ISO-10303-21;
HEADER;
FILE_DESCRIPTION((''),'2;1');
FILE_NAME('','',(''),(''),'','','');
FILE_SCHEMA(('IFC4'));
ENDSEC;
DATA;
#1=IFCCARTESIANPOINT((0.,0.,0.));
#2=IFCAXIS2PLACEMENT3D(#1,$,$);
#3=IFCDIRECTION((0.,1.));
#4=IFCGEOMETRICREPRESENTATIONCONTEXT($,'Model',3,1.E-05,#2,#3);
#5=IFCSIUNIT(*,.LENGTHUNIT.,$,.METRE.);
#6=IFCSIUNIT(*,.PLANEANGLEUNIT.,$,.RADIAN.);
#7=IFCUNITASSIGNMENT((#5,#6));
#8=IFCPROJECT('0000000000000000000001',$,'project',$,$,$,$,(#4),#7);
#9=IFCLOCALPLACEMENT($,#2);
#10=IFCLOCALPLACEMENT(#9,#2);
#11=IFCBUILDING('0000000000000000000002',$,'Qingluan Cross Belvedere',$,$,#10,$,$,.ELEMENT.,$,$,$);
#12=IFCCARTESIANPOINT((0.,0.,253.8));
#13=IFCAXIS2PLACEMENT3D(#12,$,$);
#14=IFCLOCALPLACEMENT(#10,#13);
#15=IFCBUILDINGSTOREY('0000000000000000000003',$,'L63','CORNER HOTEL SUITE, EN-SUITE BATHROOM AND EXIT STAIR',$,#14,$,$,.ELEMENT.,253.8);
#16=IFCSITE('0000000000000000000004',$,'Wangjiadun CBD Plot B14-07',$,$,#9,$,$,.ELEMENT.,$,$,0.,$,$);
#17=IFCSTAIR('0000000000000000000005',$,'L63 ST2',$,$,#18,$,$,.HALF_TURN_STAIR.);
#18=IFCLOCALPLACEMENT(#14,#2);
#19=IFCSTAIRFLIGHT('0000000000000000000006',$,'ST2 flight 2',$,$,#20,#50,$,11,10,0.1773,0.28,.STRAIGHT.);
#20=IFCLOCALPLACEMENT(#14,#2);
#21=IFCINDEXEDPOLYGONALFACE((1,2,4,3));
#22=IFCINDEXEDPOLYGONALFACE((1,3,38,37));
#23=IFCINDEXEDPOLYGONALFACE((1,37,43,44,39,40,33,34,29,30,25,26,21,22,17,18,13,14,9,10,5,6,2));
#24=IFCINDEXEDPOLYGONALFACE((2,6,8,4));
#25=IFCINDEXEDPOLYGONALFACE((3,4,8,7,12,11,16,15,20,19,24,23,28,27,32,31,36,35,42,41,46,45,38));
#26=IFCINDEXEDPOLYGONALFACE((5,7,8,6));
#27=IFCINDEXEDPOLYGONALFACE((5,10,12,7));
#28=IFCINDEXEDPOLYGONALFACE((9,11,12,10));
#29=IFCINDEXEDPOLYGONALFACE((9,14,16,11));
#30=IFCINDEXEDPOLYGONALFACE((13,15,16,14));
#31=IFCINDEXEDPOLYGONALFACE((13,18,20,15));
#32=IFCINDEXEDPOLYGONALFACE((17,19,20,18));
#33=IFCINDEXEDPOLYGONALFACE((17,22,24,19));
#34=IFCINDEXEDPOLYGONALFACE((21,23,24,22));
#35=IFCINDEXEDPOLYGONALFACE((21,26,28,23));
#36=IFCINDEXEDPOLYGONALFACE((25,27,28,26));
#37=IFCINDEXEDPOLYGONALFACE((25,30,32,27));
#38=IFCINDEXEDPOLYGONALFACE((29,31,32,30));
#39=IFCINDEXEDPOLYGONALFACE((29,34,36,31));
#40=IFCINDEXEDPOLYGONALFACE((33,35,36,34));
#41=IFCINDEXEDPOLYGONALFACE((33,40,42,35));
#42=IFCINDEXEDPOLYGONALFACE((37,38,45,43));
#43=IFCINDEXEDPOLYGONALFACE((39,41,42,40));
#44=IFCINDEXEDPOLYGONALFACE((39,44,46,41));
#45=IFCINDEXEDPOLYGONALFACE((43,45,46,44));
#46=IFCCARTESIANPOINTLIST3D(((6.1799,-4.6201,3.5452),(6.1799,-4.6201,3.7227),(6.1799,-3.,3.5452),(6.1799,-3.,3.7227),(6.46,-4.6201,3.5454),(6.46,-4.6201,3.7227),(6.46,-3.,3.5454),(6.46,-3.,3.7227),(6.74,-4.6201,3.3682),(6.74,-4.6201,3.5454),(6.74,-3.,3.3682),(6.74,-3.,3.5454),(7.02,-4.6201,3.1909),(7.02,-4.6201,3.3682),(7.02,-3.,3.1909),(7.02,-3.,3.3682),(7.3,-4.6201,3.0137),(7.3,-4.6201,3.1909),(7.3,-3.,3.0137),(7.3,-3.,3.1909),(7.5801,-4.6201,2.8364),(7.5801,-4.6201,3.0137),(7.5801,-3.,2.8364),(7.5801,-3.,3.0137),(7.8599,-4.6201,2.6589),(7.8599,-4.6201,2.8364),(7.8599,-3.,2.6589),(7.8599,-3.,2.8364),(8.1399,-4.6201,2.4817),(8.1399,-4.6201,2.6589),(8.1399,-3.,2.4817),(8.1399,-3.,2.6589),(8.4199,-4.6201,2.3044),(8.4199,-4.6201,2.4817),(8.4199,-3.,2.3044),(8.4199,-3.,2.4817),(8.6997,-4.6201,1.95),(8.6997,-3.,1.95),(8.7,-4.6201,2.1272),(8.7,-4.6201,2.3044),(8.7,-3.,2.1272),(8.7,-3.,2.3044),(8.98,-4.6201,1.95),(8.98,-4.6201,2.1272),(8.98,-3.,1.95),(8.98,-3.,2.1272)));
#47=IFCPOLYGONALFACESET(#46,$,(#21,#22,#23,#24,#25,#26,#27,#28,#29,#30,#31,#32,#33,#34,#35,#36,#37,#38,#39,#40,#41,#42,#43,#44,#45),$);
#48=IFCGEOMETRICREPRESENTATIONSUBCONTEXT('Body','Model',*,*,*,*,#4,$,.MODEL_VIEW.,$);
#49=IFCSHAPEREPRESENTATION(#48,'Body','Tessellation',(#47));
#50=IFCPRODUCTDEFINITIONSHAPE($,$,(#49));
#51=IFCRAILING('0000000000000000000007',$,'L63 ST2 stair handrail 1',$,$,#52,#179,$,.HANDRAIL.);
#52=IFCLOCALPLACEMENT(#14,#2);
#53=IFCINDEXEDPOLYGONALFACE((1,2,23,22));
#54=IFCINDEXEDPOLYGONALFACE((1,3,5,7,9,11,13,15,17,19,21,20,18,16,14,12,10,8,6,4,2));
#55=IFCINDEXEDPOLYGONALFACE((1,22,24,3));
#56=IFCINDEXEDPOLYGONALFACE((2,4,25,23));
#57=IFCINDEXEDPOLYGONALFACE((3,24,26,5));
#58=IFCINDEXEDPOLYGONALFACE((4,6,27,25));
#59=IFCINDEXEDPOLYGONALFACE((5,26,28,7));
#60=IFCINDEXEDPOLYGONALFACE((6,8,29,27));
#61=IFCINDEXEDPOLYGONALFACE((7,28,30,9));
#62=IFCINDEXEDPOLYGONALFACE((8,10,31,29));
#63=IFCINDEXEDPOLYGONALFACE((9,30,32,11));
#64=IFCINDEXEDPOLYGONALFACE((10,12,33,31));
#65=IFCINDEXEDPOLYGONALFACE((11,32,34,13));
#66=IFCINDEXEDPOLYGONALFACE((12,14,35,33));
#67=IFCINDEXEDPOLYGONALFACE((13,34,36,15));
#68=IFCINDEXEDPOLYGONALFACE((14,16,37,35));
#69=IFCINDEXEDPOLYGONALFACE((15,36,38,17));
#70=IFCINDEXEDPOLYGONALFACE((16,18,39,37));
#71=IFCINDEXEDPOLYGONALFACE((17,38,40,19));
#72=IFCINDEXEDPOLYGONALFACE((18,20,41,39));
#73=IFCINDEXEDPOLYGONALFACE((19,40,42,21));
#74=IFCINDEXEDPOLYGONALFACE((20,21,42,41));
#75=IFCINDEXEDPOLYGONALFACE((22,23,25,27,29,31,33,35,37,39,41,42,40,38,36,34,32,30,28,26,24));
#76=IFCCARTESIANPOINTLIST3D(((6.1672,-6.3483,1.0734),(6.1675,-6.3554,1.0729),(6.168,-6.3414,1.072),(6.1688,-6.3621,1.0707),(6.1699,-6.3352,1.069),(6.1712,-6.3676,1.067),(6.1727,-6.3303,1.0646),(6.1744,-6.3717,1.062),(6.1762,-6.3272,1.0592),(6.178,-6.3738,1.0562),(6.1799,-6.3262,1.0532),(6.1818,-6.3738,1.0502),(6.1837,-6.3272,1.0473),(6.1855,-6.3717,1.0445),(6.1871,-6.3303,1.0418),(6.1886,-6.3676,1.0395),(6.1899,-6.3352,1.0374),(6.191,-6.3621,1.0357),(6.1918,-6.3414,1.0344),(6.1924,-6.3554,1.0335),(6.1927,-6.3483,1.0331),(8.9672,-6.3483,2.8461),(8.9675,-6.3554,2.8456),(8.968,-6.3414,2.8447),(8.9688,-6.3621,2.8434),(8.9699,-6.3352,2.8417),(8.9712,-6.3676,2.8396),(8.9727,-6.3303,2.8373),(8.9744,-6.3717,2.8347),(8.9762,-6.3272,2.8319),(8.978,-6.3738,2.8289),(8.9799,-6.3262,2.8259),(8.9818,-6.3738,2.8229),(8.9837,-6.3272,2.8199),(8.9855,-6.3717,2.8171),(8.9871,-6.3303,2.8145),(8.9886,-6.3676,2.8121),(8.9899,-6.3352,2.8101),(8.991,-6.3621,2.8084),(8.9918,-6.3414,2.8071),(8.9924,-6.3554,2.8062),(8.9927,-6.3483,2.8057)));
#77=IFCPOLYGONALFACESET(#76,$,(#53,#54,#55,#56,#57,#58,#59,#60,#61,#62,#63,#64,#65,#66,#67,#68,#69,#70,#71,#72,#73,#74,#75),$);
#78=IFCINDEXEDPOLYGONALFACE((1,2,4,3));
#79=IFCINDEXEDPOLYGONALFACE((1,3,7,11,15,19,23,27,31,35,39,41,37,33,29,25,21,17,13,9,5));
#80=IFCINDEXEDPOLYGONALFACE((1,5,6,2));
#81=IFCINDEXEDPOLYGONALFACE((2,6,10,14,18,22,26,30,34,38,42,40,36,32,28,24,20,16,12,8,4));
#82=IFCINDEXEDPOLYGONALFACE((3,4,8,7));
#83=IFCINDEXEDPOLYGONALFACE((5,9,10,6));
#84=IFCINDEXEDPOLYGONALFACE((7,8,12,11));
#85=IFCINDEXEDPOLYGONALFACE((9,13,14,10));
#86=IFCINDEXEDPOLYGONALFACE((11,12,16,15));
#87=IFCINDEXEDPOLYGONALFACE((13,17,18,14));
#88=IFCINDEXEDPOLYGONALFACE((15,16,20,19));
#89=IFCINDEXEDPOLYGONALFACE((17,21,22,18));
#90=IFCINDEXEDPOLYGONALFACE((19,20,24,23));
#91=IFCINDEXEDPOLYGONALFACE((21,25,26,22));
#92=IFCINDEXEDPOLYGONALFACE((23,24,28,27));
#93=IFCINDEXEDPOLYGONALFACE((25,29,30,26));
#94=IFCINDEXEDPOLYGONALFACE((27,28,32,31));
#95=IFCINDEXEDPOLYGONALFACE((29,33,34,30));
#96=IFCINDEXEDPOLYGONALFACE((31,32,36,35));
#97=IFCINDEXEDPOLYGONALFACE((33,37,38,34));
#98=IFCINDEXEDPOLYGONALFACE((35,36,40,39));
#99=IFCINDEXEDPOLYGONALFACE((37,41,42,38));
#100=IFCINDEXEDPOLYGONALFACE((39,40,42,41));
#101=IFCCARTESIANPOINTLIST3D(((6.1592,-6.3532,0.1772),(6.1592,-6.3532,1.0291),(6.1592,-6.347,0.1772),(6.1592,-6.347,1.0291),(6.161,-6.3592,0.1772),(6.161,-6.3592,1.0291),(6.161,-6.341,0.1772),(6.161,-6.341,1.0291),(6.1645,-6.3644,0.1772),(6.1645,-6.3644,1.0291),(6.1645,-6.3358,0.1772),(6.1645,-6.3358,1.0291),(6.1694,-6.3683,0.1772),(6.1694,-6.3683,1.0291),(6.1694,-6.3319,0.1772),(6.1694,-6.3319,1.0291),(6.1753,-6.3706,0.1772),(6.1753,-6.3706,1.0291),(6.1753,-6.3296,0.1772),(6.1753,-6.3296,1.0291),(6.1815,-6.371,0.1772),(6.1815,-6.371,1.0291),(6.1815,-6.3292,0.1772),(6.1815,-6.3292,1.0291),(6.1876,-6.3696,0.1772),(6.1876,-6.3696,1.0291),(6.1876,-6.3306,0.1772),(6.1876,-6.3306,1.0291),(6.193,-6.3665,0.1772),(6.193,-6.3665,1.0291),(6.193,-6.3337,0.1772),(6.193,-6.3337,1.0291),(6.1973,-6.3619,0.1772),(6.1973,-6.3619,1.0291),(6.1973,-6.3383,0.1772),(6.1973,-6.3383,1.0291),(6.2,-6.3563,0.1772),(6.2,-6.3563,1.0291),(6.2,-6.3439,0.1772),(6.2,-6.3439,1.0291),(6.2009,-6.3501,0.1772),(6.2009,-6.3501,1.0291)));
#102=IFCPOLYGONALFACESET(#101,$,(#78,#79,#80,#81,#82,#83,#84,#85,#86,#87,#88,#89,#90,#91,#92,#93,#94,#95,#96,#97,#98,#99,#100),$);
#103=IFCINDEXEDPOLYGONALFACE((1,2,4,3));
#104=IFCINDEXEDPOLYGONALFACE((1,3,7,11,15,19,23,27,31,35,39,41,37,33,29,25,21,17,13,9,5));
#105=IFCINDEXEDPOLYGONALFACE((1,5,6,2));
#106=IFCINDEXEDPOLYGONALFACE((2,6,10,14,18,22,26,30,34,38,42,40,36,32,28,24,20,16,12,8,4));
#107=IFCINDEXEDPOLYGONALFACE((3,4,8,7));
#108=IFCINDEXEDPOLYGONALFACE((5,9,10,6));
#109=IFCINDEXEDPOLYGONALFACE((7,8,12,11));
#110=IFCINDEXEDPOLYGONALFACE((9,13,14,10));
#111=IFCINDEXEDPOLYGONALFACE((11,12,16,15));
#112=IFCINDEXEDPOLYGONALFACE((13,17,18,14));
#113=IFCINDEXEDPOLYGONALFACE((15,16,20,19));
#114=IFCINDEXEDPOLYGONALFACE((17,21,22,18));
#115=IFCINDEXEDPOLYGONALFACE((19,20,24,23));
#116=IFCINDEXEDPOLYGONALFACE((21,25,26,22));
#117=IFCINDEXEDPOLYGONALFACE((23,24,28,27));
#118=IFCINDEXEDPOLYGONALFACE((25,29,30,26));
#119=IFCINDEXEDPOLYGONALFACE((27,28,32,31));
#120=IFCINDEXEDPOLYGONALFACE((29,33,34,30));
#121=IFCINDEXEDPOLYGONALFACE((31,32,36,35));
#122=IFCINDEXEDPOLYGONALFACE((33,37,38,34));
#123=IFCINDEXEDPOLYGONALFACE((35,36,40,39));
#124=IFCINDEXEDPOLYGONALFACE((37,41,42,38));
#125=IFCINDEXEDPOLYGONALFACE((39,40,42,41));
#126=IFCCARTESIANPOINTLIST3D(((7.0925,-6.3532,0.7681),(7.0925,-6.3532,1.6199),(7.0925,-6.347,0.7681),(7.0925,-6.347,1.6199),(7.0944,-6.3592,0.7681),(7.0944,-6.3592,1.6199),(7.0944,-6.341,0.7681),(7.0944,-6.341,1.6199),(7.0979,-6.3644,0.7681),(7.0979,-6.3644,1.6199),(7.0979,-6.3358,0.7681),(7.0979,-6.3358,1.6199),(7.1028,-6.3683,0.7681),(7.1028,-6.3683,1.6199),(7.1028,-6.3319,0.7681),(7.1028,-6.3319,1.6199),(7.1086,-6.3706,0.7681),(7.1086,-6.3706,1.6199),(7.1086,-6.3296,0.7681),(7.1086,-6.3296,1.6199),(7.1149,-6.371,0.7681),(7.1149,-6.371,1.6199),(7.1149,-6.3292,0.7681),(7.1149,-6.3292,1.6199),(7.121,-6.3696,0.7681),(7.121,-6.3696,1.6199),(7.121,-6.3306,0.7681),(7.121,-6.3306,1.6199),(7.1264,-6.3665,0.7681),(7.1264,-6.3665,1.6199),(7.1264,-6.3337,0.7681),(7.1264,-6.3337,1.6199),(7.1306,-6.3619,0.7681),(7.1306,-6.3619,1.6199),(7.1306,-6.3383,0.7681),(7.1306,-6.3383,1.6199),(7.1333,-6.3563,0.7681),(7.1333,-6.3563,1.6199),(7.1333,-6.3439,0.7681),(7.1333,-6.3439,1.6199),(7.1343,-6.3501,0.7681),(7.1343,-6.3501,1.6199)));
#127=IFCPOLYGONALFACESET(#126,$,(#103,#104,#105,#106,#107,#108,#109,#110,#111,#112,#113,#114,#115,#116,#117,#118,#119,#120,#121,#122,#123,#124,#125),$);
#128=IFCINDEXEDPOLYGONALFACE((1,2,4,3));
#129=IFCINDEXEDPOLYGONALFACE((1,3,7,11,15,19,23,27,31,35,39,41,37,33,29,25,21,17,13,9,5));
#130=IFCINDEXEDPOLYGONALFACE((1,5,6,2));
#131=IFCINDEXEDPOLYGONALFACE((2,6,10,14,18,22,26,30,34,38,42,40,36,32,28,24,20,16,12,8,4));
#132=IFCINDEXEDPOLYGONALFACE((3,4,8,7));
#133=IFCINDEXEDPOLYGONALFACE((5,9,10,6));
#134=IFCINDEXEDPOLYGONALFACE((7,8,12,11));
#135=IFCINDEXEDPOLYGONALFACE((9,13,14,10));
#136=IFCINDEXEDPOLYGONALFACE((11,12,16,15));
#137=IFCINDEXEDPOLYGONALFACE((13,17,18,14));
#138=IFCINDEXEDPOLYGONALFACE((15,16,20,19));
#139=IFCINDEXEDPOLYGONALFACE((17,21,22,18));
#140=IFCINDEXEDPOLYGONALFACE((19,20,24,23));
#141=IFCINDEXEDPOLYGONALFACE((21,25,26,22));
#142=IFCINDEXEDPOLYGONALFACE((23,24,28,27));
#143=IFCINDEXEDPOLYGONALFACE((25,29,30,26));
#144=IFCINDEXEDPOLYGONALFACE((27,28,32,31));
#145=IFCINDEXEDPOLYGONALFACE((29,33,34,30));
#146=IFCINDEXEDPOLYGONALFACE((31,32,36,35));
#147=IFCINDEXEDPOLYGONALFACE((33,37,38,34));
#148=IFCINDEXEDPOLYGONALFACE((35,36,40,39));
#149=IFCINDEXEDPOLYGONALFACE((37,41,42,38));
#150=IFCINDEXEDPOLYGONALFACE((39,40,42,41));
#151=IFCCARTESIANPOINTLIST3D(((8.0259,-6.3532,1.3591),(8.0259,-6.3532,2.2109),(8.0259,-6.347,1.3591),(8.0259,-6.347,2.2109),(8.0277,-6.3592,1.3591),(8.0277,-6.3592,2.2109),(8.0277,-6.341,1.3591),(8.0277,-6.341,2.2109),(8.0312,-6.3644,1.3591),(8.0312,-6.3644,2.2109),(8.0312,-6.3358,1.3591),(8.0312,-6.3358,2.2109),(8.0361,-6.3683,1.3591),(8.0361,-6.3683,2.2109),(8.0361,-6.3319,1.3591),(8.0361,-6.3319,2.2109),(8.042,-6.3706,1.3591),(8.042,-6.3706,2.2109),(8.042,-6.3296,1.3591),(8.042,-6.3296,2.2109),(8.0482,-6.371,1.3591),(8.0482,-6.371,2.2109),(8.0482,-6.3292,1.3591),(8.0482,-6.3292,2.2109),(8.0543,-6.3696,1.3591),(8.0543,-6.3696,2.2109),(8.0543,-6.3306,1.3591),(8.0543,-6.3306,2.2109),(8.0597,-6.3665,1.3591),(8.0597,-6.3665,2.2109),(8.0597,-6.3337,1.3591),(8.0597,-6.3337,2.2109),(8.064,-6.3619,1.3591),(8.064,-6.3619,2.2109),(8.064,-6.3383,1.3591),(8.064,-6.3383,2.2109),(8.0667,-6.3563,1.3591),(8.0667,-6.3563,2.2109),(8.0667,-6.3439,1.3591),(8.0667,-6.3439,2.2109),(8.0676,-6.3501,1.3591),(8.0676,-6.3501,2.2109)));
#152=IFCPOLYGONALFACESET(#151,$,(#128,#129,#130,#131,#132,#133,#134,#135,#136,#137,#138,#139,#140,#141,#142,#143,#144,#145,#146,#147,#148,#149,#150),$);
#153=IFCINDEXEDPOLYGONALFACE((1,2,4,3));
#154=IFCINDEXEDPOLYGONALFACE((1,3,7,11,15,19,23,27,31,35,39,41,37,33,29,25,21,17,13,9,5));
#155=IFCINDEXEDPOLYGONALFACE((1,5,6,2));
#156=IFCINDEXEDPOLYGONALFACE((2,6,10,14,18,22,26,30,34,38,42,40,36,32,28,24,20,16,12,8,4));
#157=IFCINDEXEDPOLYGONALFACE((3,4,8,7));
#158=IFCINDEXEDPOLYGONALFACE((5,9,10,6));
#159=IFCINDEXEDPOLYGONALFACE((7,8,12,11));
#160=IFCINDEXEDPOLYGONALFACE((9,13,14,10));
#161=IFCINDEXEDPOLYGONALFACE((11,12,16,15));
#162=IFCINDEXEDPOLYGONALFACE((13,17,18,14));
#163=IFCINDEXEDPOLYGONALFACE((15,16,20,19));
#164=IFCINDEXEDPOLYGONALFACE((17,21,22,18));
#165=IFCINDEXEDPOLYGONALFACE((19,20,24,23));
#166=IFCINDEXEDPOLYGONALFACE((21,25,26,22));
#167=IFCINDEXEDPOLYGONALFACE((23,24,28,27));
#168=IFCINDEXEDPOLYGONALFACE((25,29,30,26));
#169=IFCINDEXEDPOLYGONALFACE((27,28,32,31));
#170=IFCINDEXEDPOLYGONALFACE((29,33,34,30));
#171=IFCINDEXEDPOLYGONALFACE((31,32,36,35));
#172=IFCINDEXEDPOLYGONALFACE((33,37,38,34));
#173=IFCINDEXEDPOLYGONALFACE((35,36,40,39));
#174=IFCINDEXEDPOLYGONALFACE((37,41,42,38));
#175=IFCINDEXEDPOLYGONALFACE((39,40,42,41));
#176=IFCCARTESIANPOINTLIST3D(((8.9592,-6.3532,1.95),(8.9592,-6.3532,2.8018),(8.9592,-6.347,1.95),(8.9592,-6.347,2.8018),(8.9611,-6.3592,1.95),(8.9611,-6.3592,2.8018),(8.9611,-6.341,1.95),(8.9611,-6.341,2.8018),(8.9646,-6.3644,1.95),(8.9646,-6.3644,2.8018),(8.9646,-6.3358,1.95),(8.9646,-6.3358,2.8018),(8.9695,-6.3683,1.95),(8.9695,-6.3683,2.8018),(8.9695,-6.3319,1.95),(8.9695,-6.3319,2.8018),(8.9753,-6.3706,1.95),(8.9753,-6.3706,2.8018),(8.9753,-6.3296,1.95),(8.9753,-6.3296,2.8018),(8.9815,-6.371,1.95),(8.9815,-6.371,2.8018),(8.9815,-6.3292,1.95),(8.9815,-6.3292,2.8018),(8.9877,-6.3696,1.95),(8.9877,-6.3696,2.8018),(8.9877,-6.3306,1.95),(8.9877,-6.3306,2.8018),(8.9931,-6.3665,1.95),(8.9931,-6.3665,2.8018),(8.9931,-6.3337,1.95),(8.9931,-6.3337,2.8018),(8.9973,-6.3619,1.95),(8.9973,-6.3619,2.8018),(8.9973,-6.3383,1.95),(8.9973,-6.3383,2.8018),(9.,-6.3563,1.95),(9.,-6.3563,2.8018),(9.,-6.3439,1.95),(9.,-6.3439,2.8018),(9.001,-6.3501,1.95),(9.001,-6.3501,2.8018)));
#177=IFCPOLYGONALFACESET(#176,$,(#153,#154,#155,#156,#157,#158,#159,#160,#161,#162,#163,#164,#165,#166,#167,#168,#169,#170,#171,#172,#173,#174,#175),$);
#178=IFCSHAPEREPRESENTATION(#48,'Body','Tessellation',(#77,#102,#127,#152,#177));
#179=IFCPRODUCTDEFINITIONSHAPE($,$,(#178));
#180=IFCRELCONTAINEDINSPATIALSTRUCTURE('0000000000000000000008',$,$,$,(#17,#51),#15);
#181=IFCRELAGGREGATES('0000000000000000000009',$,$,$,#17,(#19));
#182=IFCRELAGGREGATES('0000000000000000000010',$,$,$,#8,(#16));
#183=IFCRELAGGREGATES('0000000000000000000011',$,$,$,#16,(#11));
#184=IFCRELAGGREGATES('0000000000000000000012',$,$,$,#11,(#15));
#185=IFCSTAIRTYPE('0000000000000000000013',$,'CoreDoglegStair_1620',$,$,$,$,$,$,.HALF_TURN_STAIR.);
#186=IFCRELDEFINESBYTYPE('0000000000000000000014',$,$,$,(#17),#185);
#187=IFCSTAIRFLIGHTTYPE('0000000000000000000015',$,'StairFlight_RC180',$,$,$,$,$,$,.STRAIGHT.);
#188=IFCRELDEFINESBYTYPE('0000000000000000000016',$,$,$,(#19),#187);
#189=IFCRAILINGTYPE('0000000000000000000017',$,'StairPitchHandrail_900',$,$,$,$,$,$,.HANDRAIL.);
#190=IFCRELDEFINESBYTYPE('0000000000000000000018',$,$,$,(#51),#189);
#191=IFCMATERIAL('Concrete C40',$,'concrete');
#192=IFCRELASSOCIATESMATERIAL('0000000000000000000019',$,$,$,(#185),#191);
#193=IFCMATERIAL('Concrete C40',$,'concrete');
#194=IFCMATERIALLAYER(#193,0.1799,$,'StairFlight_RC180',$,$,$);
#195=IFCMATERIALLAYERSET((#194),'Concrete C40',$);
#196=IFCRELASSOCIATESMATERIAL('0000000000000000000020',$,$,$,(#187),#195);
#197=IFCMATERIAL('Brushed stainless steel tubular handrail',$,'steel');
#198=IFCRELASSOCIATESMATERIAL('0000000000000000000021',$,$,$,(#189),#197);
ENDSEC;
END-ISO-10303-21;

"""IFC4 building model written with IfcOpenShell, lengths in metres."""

from ifc_helpers import new_model, si_unit, direction, frame, origin, origin_2d, place, context, subcontext, project, spatial, polyline, circle, outline, extrude, material, layer, layer_set, type_object, element, aggregate, save


model = new_model("IFC4")

# Units and contexts
model_context = context("Model", 3, precision=1e-05, world=origin(), true_north=direction((0.0, 1.0)))
body_context = subcontext(model_context, "Body", "Model", "MODEL_VIEW")
ifc_project = project(units=[si_unit("LENGTHUNIT", "METRE"), si_unit("PLANEANGLEUNIT", "RADIAN")], contexts=[model_context])

# Site, building, storey
site_placement = place(None, origin())
site = spatial("IfcSite", under=ifc_project, at=site_placement, Name="Wangjiadun CBD Plot B14-07", CompositionType="ELEMENT", RefElevation=0.0)
building_placement = place(site_placement, origin())
building = spatial("IfcBuilding", under=site, at=building_placement, Name="Qingluan Cross Belvedere", CompositionType="ELEMENT")
storey_placement = place(building_placement, frame((0.0, 0.0, 253.8)))
storey = spatial("IfcBuildingStorey", under=building, at=storey_placement, Name="L63", Description="CORNER HOTEL SUITE, EN-SUITE BATHROOM AND EXIT STAIR", CompositionType="ELEMENT", Elevation=253.8)

# Stair, stair flight
ifc_material_1 = material(Name="Concrete C40", Category="concrete")
stair_type = type_object("IfcStairType", Name="CoreDoglegStair_1620", PredefinedType="HALF_TURN_STAIR", material=ifc_material_1)
stair_placement = place(storey_placement, origin())
stair = element("IfcStair", 1, at=stair_placement, inside=storey, type_object=stair_type, Name="L63 ST2", PredefinedType="HALF_TURN_STAIR")
ifc_material_2 = material(Name="Concrete C40", Category="concrete")
ifc_layer_1 = layer(ifc_material_2, 0.1799, Name="StairFlight_RC180")
ifc_layer_set_1 = layer_set([ifc_layer_1], Name="Concrete C40")
stair_flight_type = type_object("IfcStairFlightType", Name="StairFlight_RC180", PredefinedType="STRAIGHT", material=ifc_layer_set_1)
stair_flight_1_placement = place(storey_placement, frame((8.98, -3.8101, 1.95), z_axis=(0.0, 0.0, 1.0), x_axis=(-1.0, 0.0, 0.0)))
stair_flight_1 = element("IfcStairFlight", 2, at=stair_flight_1_placement, type_object=stair_flight_type, Name="ST2 flight 2", NumberOfRisers=11, NumberOfTreads=10, PredefinedType="STRAIGHT", RiserHeight=0.1773, TreadLength=0.28, context=body_context, shape_type="SweptSolid", body=[
    extrude(outline(polyline([(0.0, 0.0), (0.0, 0.1772), (0.28, 0.1772), (0.28, 0.3545), (0.5601, 0.3545), (0.5601, 0.5317), (0.8401, 0.5317), (0.8401, 0.709), (1.1201, 0.709), (1.1201, 0.8865), (1.3999, 0.8865), (1.3999, 1.0637), (1.6799, 1.0637), (1.6799, 1.241), (1.96, 1.241), (1.96, 1.4182), (2.24, 1.4182), (2.24, 1.5955), (2.52, 1.5955), (2.52, 1.7727), (2.8, 1.7727), (2.8, 1.95), (2.8, 1.5952), (0.2803, 0.0), (0.0, 0.0)])), frame((0.0, 0.8101, 0.0), z_axis=(0.0, -1.0, 0.0), x_axis=(1.0, 0.0, 0.0)), (0.0, 0.0, 1.0), 1.6201),
])
aggregate(stair, [stair_flight_1])

# Railing
ifc_material_3 = material(Name="Brushed stainless steel tubular handrail", Category="steel")
railing_type_1 = type_object("IfcRailingType", Name="StairPitchHandrail_900", PredefinedType="HANDRAIL", material=ifc_material_3)
railing_1_placement = place(storey_placement, frame((6.1799, -6.3501, 0.1772)))
element("IfcRailing", 3, at=railing_1_placement, inside=storey, type_object=railing_type_1, Name="L63 ST2 stair handrail 1", PredefinedType="HANDRAIL", context=body_context, shape_type="SweptSolid", body=[
    extrude(circle(Radius=0.0239, at=origin_2d()), frame((0.0, 0.0, 0.876), z_axis=(0.844909, 0.0, 0.53491), x_axis=(0.0, 1.0, 0.0)), (0.0, 0.0, 1.0), 3.314),
    extrude(circle(Radius=0.021, at=origin_2d()), origin(), (0.0, 0.0, 1.0), 0.8518),
    extrude(circle(Radius=0.021, at=origin_2d()), frame((0.9333, 0.0, 0.5908)), (0.0, 0.0, 1.0), 0.8518),
    extrude(circle(Radius=0.021, at=origin_2d()), frame((1.8667, 0.0, 1.1819)), (0.0, 0.0, 1.0), 0.8518),
    extrude(circle(Radius=0.021, at=origin_2d()), frame((2.8, 0.0, 1.7727)), (0.0, 0.0, 1.0), 0.8518),
])

save(model, "model.ifc")
